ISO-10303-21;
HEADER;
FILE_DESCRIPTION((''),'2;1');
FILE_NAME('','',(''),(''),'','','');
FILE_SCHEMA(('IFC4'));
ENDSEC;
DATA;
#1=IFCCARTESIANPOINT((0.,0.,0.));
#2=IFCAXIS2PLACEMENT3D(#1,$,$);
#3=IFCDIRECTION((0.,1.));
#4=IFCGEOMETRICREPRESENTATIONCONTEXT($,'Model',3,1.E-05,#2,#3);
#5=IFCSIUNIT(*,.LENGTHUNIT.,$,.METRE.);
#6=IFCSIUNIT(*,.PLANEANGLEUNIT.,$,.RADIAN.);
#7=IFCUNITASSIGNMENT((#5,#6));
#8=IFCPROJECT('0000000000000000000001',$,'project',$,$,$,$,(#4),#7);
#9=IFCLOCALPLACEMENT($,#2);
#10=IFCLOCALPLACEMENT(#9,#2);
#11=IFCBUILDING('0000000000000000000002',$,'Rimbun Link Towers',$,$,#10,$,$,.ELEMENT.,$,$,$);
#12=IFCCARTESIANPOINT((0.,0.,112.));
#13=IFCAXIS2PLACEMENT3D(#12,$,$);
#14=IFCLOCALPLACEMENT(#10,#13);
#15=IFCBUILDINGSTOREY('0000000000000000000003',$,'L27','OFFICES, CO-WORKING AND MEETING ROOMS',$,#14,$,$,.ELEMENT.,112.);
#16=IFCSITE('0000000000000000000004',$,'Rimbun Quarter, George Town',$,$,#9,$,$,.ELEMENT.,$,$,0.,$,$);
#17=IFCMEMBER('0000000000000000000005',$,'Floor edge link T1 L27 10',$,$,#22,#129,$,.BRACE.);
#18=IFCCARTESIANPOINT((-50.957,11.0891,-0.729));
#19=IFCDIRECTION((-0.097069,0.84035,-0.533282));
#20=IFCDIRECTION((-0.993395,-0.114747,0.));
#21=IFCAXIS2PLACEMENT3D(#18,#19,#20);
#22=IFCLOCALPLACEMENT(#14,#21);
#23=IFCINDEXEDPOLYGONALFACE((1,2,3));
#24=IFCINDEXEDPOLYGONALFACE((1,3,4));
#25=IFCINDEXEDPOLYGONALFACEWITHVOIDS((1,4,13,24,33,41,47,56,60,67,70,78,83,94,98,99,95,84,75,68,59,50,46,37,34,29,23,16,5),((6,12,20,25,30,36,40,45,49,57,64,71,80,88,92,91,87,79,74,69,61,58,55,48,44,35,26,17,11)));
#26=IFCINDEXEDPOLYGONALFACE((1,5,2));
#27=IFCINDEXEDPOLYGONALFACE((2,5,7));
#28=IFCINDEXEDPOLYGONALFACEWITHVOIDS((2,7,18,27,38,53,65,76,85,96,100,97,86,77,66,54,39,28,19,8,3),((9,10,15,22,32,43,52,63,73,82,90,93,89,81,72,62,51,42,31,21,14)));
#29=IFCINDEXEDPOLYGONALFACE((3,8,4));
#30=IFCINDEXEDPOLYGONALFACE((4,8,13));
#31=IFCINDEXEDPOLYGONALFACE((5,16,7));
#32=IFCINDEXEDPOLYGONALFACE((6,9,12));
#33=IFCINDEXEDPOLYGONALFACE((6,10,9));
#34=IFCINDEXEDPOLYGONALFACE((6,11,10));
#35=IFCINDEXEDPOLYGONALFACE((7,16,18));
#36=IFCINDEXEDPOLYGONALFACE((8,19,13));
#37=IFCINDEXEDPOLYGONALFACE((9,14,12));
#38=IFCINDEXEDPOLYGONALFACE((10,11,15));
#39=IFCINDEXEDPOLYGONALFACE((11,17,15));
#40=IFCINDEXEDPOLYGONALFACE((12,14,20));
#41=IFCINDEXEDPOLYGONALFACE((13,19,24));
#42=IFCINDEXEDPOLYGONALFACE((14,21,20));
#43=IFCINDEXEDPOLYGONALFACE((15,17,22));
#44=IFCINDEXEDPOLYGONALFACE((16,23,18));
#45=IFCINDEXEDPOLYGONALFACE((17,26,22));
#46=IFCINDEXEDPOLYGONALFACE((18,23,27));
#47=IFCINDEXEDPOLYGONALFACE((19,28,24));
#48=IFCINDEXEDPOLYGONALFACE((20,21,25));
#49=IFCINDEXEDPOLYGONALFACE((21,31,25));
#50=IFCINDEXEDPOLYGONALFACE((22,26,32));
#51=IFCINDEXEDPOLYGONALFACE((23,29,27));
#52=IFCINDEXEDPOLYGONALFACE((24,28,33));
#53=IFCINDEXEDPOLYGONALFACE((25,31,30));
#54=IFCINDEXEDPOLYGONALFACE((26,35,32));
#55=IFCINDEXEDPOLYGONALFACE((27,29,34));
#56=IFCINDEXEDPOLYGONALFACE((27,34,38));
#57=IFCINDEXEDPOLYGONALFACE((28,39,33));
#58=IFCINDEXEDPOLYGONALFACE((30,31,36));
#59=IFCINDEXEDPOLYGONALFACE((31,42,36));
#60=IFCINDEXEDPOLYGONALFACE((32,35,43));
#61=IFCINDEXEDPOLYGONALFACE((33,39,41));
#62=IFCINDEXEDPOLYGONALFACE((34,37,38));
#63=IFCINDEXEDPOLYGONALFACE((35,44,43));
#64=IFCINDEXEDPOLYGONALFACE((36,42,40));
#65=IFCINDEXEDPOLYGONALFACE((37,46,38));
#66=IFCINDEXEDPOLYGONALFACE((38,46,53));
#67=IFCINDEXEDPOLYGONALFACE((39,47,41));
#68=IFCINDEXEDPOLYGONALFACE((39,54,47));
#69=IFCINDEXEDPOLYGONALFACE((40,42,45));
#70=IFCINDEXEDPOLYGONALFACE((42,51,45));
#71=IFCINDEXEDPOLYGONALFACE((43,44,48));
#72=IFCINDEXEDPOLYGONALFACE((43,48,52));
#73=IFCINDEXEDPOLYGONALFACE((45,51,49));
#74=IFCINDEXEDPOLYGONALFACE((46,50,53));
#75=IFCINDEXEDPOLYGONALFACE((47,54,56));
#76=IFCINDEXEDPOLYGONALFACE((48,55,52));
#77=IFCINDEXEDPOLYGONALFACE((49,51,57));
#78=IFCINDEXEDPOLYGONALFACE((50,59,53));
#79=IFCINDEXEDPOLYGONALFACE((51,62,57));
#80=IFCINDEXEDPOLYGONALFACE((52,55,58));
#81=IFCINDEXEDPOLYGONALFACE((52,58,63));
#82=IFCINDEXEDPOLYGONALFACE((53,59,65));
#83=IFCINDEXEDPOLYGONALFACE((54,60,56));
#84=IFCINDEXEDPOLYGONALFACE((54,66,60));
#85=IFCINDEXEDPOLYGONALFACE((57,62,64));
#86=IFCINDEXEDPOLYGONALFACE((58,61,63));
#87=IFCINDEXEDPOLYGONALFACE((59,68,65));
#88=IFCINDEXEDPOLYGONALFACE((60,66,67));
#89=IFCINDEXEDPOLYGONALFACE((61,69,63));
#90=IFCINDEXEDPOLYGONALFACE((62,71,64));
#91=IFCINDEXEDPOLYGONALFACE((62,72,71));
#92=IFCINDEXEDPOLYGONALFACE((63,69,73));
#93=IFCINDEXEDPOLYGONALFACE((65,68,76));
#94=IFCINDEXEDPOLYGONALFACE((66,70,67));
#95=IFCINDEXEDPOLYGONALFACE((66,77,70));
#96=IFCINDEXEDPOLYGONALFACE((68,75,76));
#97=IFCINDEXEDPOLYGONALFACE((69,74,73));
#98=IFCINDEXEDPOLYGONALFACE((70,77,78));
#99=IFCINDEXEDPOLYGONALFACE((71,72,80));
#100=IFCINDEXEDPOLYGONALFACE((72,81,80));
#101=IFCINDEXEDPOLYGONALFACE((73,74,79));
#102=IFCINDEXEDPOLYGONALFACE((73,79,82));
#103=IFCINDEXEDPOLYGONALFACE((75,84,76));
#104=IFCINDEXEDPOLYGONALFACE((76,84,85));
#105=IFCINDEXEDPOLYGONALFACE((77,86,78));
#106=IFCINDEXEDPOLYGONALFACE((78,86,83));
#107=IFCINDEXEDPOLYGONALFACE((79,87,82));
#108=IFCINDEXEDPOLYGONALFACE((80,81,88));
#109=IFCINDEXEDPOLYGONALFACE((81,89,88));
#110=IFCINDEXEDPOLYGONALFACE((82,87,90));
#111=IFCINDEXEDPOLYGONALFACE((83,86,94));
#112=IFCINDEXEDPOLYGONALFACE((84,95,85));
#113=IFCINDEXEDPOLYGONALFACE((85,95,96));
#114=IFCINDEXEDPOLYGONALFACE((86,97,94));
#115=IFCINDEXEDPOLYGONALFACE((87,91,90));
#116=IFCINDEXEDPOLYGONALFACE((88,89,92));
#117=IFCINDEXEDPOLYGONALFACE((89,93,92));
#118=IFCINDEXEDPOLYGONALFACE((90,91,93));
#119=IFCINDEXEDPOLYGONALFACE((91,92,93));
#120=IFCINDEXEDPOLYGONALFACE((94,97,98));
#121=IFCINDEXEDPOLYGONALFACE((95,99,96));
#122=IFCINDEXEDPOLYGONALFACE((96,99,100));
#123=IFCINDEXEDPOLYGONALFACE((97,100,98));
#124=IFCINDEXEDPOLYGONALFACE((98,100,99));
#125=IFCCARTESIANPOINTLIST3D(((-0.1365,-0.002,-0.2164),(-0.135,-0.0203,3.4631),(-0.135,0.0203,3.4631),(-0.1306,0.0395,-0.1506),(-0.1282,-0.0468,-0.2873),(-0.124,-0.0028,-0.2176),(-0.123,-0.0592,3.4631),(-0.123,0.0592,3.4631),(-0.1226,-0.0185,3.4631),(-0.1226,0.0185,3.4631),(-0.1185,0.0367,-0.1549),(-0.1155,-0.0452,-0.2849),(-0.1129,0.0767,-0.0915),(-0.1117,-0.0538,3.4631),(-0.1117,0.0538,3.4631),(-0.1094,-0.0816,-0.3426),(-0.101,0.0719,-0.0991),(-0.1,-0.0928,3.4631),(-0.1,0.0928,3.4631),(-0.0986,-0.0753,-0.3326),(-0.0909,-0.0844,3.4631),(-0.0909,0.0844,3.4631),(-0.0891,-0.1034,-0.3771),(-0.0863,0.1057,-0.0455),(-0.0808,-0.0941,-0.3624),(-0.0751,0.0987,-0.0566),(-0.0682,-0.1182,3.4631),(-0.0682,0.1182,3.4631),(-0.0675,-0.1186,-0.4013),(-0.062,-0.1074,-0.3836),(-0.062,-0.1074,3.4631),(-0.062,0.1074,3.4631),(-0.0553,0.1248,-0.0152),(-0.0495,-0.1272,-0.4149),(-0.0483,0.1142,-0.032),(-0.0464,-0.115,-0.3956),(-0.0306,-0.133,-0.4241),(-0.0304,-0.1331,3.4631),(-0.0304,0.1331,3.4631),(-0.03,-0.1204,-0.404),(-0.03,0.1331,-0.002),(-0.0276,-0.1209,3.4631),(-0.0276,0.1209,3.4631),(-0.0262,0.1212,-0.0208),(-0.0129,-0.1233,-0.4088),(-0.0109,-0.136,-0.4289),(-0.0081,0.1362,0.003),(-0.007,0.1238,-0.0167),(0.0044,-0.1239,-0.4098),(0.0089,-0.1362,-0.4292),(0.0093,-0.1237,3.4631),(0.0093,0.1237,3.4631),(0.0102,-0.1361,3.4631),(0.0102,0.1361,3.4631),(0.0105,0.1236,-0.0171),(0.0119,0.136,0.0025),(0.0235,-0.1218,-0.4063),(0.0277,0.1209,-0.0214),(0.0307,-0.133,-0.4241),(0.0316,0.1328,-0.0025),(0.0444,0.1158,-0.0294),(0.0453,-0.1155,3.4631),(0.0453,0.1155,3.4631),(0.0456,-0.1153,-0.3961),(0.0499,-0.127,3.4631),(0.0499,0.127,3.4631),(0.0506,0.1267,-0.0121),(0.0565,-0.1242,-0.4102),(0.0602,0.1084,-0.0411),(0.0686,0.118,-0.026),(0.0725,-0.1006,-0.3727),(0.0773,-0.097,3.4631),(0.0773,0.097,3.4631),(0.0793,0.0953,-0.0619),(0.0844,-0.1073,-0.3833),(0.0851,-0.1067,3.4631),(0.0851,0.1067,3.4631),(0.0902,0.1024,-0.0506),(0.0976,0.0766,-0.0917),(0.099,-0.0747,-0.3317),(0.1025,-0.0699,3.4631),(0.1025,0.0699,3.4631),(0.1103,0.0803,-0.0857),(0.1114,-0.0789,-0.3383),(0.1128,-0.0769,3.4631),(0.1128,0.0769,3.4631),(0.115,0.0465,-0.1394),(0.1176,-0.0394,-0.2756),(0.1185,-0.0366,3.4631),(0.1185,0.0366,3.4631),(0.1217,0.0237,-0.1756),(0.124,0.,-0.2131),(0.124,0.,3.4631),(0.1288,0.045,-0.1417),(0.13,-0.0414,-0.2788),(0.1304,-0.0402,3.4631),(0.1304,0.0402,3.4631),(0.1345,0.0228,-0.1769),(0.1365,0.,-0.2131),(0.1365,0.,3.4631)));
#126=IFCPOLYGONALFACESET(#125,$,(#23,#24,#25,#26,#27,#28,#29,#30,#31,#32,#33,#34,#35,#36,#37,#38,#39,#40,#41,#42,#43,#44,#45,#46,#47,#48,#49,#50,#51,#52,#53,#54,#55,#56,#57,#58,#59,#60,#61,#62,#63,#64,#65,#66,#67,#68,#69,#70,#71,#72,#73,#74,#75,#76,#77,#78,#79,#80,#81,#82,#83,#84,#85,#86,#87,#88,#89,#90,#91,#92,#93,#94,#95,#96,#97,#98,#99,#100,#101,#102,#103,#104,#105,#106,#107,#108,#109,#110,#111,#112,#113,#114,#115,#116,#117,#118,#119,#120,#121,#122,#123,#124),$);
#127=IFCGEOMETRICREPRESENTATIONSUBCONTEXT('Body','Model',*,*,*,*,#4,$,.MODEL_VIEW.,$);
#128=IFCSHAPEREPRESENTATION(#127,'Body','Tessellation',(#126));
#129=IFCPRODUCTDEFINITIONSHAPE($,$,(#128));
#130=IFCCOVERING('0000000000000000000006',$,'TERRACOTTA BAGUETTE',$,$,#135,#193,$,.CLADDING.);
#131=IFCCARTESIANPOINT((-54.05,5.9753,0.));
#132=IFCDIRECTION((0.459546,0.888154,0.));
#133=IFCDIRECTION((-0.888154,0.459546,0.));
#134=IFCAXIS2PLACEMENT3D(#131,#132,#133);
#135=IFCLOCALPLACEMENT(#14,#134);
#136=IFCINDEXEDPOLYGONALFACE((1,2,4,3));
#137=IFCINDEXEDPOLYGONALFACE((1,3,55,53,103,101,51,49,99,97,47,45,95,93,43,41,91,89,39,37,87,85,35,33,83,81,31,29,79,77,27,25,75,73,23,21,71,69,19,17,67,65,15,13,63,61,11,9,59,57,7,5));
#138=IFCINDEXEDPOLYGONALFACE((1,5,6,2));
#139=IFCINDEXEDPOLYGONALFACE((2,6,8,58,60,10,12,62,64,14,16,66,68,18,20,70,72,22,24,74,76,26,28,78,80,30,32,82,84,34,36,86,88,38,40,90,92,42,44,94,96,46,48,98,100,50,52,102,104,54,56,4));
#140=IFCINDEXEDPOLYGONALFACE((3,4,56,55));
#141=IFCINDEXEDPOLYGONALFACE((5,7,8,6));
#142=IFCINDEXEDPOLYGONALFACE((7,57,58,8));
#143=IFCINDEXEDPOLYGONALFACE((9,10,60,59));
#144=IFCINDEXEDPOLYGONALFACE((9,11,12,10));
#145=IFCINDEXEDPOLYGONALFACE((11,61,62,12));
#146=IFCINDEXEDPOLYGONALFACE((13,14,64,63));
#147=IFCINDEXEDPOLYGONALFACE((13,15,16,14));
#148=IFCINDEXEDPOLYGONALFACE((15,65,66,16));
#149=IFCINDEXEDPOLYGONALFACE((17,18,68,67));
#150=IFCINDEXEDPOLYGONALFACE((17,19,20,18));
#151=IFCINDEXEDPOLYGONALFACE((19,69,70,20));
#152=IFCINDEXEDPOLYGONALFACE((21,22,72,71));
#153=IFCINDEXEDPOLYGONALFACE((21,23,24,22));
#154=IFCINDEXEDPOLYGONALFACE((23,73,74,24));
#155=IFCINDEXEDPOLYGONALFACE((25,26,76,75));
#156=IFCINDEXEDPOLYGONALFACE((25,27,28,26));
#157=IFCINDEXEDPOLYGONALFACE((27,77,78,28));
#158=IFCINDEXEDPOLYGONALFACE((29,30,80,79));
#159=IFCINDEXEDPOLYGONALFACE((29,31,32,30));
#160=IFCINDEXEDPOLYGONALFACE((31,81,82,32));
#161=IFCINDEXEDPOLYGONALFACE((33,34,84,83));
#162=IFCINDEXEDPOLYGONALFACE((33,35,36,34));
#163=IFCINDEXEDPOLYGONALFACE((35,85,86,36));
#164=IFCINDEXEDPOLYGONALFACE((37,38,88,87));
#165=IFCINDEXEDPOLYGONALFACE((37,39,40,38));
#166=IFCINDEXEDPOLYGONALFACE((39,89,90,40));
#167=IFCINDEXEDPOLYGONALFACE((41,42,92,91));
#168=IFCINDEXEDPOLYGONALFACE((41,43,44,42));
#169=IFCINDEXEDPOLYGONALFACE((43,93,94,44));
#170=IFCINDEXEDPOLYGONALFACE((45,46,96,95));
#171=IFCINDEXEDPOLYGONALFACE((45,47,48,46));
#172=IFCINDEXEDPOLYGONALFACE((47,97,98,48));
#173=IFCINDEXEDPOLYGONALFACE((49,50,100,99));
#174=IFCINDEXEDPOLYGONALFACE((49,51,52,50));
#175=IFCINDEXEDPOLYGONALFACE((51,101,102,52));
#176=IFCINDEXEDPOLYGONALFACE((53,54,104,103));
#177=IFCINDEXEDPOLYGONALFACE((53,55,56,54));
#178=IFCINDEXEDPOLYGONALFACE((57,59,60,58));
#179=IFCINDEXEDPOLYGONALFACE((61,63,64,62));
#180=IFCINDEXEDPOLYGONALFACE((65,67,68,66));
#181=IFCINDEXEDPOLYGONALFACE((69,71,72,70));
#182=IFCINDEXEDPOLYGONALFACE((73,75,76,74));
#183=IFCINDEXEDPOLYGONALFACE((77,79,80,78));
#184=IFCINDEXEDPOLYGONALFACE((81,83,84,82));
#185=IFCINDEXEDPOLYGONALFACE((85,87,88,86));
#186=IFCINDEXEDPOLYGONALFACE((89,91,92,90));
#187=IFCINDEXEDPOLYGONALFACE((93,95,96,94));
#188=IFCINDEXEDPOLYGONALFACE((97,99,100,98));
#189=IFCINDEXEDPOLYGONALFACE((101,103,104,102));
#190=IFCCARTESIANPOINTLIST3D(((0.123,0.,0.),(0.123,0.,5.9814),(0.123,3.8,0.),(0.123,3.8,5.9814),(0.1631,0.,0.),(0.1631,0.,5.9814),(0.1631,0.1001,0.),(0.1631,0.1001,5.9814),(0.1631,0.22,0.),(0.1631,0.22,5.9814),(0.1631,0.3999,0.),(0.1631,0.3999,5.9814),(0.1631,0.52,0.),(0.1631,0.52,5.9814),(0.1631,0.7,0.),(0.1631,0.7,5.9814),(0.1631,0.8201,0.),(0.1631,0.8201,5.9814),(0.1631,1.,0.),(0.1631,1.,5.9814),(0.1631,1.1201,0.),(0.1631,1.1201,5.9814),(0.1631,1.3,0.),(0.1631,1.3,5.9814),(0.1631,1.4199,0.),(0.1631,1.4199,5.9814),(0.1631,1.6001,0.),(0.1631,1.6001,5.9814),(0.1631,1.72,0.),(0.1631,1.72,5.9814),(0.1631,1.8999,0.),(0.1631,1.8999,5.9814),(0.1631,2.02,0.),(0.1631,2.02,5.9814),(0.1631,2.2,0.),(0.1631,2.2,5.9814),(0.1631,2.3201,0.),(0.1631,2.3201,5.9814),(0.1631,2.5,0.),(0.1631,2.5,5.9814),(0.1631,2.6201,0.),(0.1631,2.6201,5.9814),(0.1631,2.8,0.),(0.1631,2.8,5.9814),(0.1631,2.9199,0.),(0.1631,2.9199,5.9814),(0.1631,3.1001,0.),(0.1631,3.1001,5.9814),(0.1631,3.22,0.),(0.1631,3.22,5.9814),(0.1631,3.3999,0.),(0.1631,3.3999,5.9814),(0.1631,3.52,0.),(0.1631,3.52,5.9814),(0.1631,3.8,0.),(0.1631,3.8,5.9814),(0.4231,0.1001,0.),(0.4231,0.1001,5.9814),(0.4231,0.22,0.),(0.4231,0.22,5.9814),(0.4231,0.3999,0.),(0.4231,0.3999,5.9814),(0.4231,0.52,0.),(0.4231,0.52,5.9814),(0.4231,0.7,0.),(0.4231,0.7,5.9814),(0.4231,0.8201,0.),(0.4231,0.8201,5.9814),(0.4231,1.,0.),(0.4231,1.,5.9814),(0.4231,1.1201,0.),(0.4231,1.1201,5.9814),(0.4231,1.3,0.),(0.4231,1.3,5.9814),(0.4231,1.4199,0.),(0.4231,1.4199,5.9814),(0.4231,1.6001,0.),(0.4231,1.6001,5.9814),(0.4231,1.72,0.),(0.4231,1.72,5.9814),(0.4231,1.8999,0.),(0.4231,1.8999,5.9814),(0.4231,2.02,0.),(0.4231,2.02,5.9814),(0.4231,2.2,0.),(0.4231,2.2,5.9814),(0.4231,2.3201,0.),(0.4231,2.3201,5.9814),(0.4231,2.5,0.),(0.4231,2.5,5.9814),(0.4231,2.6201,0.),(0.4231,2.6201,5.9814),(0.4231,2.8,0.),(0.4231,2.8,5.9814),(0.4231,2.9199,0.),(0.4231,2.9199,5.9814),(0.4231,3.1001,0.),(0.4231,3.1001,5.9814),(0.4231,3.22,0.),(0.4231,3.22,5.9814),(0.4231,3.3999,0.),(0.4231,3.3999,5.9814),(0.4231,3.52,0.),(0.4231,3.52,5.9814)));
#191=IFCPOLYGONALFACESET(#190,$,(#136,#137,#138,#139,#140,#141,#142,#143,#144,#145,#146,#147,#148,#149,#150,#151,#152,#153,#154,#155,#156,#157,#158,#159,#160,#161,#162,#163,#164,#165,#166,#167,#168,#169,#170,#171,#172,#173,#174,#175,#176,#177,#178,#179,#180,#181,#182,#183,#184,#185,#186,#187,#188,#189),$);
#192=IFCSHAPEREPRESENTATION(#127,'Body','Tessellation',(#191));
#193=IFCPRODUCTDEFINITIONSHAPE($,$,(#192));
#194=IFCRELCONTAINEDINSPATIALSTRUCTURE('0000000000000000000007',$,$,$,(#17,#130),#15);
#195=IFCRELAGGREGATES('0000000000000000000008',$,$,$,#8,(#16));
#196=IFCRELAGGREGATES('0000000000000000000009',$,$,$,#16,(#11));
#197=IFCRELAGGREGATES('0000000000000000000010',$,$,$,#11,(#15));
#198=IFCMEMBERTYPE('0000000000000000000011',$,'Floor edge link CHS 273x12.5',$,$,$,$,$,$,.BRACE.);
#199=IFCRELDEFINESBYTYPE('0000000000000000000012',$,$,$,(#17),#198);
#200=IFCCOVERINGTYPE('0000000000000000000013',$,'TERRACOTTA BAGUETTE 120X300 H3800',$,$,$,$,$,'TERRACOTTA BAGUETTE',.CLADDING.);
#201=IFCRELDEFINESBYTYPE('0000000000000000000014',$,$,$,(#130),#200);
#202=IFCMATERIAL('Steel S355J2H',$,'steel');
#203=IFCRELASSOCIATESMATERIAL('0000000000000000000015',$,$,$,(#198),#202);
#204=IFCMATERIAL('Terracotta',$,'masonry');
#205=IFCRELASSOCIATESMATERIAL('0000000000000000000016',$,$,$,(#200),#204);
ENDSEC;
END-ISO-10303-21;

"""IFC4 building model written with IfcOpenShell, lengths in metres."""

from ifc_helpers import new_model, si_unit, direction, frame, origin, origin_2d, place, context, subcontext, project, spatial, polyline, hollow_circle, outline, extrude, clip, halfspace, material, material_profile, profile_set, type_object, element, save


model = new_model("IFC4")

# Units and contexts
model_context = context("Model", 3, precision=1e-05, world=origin(), true_north=direction((0.0, 1.0)))
body_context = subcontext(model_context, "Body", "Model", "MODEL_VIEW")
ifc_project = project(units=[si_unit("LENGTHUNIT", "METRE"), si_unit("PLANEANGLEUNIT", "RADIAN")], contexts=[model_context])

# Site, building, storey
site_placement = place(None, origin())
site = spatial("IfcSite", under=ifc_project, at=site_placement, Name="Rimbun Quarter, George Town", CompositionType="ELEMENT", RefElevation=0.0)
building_placement = place(site_placement, origin())
building = spatial("IfcBuilding", under=site, at=building_placement, Name="Rimbun Link Towers", CompositionType="ELEMENT")
storey_placement = place(building_placement, frame((0.0, 0.0, 112.0)))
storey = spatial("IfcBuildingStorey", under=building, at=storey_placement, Name="L27", Description="OFFICES, CO-WORKING AND MEETING ROOMS", CompositionType="ELEMENT", Elevation=112.0)

# Member
ifc_material_1 = material(Name="Steel S355J2H", Category="steel")
ifc_material_profile_1 = material_profile(ifc_material_1, hollow_circle(Radius=0.1365, WallThickness=0.0125, at=origin_2d()), Name="CHS 273x12.5")
ifc_profile_set_1 = profile_set([ifc_material_profile_1], Name="Steel S355J2H")
member_type_1 = type_object("IfcMemberType", Name="Floor edge link CHS 273x12.5", PredefinedType="BRACE", material=ifc_profile_set_1)
member_1_placement = place(storey_placement, frame((-50.957, 11.0891, -0.729), z_axis=(-0.097069, 0.84035, -0.533282), x_axis=(-0.993395, -0.114747, 0.0)))
element("IfcMember", 1, at=member_1_placement, inside=storey, type_object=member_type_1, Name="Floor edge link T1 L27 10", PredefinedType="BRACE", context=body_context, shape_type="Clipping", body=[
    clip(extrude(hollow_circle(Radius=0.1365, WallThickness=0.0125, at=origin_2d()), frame((0.0, 0.0, -0.4519)), (0.0, 0.0, 1.0), 3.915), halfspace(frame((0.0, 0.0, -0.2131), z_axis=(0.0, 0.845938, -0.533282)), False)),
])

# Covering
ifc_material_2 = material(Name="Terracotta", Category="masonry")
ifc_material_profile_2 = material_profile(ifc_material_2, outline(polyline([(0.123, 0.0), (0.1631, 0.0), (0.1631, 0.1001), (0.4231, 0.1001), (0.4231, 0.22), (0.1631, 0.22), (0.1631, 0.3999), (0.4231, 0.3999), (0.4231, 0.52), (0.1631, 0.52), (0.1631, 0.7), (0.4231, 0.7), (0.4231, 0.8201), (0.1631, 0.8201), (0.1631, 1.0), (0.4231, 1.0), (0.4231, 1.1201), (0.1631, 1.1201), (0.1631, 1.3), (0.4231, 1.3), (0.4231, 1.4199), (0.1631, 1.4199), (0.1631, 1.6001), (0.4231, 1.6001), (0.4231, 1.72), (0.1631, 1.72), (0.1631, 1.8999), (0.4231, 1.8999), (0.4231, 2.02), (0.1631, 2.02), (0.1631, 2.2), (0.4231, 2.2), (0.4231, 2.3201), (0.1631, 2.3201), (0.1631, 2.5), (0.4231, 2.5), (0.4231, 2.6201), (0.1631, 2.6201), (0.1631, 2.8), (0.4231, 2.8), (0.4231, 2.9199), (0.1631, 2.9199), (0.1631, 3.1001), (0.4231, 3.1001), (0.4231, 3.22), (0.1631, 3.22), (0.1631, 3.3999), (0.4231, 3.3999), (0.4231, 3.52), (0.1631, 3.52), (0.1631, 3.8), (0.123, 3.8), (0.123, 0.0)])), Name="BAGUETTE 120X300")
ifc_profile_set_2 = profile_set([ifc_material_profile_2], Name="Terracotta")
covering_type = type_object("IfcCoveringType", Name="TERRACOTTA BAGUETTE 120X300 H3800", ElementType="TERRACOTTA BAGUETTE", PredefinedType="CLADDING", material=ifc_profile_set_2)
covering_placement = place(storey_placement, frame((-54.05, 5.9753, 0.0), z_axis=(0.459546, 0.888154, 0.0), x_axis=(-0.888154, 0.459546, 0.0)))
element("IfcCovering", 2, at=covering_placement, inside=storey, type_object=covering_type, Name="TERRACOTTA BAGUETTE", PredefinedType="CLADDING", context=body_context, shape_type="SweptSolid", body=[
    extrude(outline(polyline([(0.123, 0.0), (0.1631, 0.0), (0.1631, 0.1001), (0.4231, 0.1001), (0.4231, 0.22), (0.1631, 0.22), (0.1631, 0.3999), (0.4231, 0.3999), (0.4231, 0.52), (0.1631, 0.52), (0.1631, 0.7), (0.4231, 0.7), (0.4231, 0.8201), (0.1631, 0.8201), (0.1631, 1.0), (0.4231, 1.0), (0.4231, 1.1201), (0.1631, 1.1201), (0.1631, 1.3), (0.4231, 1.3), (0.4231, 1.4199), (0.1631, 1.4199), (0.1631, 1.6001), (0.4231, 1.6001), (0.4231, 1.72), (0.1631, 1.72), (0.1631, 1.8999), (0.4231, 1.8999), (0.4231, 2.02), (0.1631, 2.02), (0.1631, 2.2), (0.4231, 2.2), (0.4231, 2.3201), (0.1631, 2.3201), (0.1631, 2.5), (0.4231, 2.5), (0.4231, 2.6201), (0.1631, 2.6201), (0.1631, 2.8), (0.4231, 2.8), (0.4231, 2.9199), (0.1631, 2.9199), (0.1631, 3.1001), (0.4231, 3.1001), (0.4231, 3.22), (0.1631, 3.22), (0.1631, 3.3999), (0.4231, 3.3999), (0.4231, 3.52), (0.1631, 3.52), (0.1631, 3.8), (0.123, 3.8), (0.123, 0.0)])), origin(), (0.0, 0.0, 1.0), 5.9814),
])

save(model, "model.ifc")
